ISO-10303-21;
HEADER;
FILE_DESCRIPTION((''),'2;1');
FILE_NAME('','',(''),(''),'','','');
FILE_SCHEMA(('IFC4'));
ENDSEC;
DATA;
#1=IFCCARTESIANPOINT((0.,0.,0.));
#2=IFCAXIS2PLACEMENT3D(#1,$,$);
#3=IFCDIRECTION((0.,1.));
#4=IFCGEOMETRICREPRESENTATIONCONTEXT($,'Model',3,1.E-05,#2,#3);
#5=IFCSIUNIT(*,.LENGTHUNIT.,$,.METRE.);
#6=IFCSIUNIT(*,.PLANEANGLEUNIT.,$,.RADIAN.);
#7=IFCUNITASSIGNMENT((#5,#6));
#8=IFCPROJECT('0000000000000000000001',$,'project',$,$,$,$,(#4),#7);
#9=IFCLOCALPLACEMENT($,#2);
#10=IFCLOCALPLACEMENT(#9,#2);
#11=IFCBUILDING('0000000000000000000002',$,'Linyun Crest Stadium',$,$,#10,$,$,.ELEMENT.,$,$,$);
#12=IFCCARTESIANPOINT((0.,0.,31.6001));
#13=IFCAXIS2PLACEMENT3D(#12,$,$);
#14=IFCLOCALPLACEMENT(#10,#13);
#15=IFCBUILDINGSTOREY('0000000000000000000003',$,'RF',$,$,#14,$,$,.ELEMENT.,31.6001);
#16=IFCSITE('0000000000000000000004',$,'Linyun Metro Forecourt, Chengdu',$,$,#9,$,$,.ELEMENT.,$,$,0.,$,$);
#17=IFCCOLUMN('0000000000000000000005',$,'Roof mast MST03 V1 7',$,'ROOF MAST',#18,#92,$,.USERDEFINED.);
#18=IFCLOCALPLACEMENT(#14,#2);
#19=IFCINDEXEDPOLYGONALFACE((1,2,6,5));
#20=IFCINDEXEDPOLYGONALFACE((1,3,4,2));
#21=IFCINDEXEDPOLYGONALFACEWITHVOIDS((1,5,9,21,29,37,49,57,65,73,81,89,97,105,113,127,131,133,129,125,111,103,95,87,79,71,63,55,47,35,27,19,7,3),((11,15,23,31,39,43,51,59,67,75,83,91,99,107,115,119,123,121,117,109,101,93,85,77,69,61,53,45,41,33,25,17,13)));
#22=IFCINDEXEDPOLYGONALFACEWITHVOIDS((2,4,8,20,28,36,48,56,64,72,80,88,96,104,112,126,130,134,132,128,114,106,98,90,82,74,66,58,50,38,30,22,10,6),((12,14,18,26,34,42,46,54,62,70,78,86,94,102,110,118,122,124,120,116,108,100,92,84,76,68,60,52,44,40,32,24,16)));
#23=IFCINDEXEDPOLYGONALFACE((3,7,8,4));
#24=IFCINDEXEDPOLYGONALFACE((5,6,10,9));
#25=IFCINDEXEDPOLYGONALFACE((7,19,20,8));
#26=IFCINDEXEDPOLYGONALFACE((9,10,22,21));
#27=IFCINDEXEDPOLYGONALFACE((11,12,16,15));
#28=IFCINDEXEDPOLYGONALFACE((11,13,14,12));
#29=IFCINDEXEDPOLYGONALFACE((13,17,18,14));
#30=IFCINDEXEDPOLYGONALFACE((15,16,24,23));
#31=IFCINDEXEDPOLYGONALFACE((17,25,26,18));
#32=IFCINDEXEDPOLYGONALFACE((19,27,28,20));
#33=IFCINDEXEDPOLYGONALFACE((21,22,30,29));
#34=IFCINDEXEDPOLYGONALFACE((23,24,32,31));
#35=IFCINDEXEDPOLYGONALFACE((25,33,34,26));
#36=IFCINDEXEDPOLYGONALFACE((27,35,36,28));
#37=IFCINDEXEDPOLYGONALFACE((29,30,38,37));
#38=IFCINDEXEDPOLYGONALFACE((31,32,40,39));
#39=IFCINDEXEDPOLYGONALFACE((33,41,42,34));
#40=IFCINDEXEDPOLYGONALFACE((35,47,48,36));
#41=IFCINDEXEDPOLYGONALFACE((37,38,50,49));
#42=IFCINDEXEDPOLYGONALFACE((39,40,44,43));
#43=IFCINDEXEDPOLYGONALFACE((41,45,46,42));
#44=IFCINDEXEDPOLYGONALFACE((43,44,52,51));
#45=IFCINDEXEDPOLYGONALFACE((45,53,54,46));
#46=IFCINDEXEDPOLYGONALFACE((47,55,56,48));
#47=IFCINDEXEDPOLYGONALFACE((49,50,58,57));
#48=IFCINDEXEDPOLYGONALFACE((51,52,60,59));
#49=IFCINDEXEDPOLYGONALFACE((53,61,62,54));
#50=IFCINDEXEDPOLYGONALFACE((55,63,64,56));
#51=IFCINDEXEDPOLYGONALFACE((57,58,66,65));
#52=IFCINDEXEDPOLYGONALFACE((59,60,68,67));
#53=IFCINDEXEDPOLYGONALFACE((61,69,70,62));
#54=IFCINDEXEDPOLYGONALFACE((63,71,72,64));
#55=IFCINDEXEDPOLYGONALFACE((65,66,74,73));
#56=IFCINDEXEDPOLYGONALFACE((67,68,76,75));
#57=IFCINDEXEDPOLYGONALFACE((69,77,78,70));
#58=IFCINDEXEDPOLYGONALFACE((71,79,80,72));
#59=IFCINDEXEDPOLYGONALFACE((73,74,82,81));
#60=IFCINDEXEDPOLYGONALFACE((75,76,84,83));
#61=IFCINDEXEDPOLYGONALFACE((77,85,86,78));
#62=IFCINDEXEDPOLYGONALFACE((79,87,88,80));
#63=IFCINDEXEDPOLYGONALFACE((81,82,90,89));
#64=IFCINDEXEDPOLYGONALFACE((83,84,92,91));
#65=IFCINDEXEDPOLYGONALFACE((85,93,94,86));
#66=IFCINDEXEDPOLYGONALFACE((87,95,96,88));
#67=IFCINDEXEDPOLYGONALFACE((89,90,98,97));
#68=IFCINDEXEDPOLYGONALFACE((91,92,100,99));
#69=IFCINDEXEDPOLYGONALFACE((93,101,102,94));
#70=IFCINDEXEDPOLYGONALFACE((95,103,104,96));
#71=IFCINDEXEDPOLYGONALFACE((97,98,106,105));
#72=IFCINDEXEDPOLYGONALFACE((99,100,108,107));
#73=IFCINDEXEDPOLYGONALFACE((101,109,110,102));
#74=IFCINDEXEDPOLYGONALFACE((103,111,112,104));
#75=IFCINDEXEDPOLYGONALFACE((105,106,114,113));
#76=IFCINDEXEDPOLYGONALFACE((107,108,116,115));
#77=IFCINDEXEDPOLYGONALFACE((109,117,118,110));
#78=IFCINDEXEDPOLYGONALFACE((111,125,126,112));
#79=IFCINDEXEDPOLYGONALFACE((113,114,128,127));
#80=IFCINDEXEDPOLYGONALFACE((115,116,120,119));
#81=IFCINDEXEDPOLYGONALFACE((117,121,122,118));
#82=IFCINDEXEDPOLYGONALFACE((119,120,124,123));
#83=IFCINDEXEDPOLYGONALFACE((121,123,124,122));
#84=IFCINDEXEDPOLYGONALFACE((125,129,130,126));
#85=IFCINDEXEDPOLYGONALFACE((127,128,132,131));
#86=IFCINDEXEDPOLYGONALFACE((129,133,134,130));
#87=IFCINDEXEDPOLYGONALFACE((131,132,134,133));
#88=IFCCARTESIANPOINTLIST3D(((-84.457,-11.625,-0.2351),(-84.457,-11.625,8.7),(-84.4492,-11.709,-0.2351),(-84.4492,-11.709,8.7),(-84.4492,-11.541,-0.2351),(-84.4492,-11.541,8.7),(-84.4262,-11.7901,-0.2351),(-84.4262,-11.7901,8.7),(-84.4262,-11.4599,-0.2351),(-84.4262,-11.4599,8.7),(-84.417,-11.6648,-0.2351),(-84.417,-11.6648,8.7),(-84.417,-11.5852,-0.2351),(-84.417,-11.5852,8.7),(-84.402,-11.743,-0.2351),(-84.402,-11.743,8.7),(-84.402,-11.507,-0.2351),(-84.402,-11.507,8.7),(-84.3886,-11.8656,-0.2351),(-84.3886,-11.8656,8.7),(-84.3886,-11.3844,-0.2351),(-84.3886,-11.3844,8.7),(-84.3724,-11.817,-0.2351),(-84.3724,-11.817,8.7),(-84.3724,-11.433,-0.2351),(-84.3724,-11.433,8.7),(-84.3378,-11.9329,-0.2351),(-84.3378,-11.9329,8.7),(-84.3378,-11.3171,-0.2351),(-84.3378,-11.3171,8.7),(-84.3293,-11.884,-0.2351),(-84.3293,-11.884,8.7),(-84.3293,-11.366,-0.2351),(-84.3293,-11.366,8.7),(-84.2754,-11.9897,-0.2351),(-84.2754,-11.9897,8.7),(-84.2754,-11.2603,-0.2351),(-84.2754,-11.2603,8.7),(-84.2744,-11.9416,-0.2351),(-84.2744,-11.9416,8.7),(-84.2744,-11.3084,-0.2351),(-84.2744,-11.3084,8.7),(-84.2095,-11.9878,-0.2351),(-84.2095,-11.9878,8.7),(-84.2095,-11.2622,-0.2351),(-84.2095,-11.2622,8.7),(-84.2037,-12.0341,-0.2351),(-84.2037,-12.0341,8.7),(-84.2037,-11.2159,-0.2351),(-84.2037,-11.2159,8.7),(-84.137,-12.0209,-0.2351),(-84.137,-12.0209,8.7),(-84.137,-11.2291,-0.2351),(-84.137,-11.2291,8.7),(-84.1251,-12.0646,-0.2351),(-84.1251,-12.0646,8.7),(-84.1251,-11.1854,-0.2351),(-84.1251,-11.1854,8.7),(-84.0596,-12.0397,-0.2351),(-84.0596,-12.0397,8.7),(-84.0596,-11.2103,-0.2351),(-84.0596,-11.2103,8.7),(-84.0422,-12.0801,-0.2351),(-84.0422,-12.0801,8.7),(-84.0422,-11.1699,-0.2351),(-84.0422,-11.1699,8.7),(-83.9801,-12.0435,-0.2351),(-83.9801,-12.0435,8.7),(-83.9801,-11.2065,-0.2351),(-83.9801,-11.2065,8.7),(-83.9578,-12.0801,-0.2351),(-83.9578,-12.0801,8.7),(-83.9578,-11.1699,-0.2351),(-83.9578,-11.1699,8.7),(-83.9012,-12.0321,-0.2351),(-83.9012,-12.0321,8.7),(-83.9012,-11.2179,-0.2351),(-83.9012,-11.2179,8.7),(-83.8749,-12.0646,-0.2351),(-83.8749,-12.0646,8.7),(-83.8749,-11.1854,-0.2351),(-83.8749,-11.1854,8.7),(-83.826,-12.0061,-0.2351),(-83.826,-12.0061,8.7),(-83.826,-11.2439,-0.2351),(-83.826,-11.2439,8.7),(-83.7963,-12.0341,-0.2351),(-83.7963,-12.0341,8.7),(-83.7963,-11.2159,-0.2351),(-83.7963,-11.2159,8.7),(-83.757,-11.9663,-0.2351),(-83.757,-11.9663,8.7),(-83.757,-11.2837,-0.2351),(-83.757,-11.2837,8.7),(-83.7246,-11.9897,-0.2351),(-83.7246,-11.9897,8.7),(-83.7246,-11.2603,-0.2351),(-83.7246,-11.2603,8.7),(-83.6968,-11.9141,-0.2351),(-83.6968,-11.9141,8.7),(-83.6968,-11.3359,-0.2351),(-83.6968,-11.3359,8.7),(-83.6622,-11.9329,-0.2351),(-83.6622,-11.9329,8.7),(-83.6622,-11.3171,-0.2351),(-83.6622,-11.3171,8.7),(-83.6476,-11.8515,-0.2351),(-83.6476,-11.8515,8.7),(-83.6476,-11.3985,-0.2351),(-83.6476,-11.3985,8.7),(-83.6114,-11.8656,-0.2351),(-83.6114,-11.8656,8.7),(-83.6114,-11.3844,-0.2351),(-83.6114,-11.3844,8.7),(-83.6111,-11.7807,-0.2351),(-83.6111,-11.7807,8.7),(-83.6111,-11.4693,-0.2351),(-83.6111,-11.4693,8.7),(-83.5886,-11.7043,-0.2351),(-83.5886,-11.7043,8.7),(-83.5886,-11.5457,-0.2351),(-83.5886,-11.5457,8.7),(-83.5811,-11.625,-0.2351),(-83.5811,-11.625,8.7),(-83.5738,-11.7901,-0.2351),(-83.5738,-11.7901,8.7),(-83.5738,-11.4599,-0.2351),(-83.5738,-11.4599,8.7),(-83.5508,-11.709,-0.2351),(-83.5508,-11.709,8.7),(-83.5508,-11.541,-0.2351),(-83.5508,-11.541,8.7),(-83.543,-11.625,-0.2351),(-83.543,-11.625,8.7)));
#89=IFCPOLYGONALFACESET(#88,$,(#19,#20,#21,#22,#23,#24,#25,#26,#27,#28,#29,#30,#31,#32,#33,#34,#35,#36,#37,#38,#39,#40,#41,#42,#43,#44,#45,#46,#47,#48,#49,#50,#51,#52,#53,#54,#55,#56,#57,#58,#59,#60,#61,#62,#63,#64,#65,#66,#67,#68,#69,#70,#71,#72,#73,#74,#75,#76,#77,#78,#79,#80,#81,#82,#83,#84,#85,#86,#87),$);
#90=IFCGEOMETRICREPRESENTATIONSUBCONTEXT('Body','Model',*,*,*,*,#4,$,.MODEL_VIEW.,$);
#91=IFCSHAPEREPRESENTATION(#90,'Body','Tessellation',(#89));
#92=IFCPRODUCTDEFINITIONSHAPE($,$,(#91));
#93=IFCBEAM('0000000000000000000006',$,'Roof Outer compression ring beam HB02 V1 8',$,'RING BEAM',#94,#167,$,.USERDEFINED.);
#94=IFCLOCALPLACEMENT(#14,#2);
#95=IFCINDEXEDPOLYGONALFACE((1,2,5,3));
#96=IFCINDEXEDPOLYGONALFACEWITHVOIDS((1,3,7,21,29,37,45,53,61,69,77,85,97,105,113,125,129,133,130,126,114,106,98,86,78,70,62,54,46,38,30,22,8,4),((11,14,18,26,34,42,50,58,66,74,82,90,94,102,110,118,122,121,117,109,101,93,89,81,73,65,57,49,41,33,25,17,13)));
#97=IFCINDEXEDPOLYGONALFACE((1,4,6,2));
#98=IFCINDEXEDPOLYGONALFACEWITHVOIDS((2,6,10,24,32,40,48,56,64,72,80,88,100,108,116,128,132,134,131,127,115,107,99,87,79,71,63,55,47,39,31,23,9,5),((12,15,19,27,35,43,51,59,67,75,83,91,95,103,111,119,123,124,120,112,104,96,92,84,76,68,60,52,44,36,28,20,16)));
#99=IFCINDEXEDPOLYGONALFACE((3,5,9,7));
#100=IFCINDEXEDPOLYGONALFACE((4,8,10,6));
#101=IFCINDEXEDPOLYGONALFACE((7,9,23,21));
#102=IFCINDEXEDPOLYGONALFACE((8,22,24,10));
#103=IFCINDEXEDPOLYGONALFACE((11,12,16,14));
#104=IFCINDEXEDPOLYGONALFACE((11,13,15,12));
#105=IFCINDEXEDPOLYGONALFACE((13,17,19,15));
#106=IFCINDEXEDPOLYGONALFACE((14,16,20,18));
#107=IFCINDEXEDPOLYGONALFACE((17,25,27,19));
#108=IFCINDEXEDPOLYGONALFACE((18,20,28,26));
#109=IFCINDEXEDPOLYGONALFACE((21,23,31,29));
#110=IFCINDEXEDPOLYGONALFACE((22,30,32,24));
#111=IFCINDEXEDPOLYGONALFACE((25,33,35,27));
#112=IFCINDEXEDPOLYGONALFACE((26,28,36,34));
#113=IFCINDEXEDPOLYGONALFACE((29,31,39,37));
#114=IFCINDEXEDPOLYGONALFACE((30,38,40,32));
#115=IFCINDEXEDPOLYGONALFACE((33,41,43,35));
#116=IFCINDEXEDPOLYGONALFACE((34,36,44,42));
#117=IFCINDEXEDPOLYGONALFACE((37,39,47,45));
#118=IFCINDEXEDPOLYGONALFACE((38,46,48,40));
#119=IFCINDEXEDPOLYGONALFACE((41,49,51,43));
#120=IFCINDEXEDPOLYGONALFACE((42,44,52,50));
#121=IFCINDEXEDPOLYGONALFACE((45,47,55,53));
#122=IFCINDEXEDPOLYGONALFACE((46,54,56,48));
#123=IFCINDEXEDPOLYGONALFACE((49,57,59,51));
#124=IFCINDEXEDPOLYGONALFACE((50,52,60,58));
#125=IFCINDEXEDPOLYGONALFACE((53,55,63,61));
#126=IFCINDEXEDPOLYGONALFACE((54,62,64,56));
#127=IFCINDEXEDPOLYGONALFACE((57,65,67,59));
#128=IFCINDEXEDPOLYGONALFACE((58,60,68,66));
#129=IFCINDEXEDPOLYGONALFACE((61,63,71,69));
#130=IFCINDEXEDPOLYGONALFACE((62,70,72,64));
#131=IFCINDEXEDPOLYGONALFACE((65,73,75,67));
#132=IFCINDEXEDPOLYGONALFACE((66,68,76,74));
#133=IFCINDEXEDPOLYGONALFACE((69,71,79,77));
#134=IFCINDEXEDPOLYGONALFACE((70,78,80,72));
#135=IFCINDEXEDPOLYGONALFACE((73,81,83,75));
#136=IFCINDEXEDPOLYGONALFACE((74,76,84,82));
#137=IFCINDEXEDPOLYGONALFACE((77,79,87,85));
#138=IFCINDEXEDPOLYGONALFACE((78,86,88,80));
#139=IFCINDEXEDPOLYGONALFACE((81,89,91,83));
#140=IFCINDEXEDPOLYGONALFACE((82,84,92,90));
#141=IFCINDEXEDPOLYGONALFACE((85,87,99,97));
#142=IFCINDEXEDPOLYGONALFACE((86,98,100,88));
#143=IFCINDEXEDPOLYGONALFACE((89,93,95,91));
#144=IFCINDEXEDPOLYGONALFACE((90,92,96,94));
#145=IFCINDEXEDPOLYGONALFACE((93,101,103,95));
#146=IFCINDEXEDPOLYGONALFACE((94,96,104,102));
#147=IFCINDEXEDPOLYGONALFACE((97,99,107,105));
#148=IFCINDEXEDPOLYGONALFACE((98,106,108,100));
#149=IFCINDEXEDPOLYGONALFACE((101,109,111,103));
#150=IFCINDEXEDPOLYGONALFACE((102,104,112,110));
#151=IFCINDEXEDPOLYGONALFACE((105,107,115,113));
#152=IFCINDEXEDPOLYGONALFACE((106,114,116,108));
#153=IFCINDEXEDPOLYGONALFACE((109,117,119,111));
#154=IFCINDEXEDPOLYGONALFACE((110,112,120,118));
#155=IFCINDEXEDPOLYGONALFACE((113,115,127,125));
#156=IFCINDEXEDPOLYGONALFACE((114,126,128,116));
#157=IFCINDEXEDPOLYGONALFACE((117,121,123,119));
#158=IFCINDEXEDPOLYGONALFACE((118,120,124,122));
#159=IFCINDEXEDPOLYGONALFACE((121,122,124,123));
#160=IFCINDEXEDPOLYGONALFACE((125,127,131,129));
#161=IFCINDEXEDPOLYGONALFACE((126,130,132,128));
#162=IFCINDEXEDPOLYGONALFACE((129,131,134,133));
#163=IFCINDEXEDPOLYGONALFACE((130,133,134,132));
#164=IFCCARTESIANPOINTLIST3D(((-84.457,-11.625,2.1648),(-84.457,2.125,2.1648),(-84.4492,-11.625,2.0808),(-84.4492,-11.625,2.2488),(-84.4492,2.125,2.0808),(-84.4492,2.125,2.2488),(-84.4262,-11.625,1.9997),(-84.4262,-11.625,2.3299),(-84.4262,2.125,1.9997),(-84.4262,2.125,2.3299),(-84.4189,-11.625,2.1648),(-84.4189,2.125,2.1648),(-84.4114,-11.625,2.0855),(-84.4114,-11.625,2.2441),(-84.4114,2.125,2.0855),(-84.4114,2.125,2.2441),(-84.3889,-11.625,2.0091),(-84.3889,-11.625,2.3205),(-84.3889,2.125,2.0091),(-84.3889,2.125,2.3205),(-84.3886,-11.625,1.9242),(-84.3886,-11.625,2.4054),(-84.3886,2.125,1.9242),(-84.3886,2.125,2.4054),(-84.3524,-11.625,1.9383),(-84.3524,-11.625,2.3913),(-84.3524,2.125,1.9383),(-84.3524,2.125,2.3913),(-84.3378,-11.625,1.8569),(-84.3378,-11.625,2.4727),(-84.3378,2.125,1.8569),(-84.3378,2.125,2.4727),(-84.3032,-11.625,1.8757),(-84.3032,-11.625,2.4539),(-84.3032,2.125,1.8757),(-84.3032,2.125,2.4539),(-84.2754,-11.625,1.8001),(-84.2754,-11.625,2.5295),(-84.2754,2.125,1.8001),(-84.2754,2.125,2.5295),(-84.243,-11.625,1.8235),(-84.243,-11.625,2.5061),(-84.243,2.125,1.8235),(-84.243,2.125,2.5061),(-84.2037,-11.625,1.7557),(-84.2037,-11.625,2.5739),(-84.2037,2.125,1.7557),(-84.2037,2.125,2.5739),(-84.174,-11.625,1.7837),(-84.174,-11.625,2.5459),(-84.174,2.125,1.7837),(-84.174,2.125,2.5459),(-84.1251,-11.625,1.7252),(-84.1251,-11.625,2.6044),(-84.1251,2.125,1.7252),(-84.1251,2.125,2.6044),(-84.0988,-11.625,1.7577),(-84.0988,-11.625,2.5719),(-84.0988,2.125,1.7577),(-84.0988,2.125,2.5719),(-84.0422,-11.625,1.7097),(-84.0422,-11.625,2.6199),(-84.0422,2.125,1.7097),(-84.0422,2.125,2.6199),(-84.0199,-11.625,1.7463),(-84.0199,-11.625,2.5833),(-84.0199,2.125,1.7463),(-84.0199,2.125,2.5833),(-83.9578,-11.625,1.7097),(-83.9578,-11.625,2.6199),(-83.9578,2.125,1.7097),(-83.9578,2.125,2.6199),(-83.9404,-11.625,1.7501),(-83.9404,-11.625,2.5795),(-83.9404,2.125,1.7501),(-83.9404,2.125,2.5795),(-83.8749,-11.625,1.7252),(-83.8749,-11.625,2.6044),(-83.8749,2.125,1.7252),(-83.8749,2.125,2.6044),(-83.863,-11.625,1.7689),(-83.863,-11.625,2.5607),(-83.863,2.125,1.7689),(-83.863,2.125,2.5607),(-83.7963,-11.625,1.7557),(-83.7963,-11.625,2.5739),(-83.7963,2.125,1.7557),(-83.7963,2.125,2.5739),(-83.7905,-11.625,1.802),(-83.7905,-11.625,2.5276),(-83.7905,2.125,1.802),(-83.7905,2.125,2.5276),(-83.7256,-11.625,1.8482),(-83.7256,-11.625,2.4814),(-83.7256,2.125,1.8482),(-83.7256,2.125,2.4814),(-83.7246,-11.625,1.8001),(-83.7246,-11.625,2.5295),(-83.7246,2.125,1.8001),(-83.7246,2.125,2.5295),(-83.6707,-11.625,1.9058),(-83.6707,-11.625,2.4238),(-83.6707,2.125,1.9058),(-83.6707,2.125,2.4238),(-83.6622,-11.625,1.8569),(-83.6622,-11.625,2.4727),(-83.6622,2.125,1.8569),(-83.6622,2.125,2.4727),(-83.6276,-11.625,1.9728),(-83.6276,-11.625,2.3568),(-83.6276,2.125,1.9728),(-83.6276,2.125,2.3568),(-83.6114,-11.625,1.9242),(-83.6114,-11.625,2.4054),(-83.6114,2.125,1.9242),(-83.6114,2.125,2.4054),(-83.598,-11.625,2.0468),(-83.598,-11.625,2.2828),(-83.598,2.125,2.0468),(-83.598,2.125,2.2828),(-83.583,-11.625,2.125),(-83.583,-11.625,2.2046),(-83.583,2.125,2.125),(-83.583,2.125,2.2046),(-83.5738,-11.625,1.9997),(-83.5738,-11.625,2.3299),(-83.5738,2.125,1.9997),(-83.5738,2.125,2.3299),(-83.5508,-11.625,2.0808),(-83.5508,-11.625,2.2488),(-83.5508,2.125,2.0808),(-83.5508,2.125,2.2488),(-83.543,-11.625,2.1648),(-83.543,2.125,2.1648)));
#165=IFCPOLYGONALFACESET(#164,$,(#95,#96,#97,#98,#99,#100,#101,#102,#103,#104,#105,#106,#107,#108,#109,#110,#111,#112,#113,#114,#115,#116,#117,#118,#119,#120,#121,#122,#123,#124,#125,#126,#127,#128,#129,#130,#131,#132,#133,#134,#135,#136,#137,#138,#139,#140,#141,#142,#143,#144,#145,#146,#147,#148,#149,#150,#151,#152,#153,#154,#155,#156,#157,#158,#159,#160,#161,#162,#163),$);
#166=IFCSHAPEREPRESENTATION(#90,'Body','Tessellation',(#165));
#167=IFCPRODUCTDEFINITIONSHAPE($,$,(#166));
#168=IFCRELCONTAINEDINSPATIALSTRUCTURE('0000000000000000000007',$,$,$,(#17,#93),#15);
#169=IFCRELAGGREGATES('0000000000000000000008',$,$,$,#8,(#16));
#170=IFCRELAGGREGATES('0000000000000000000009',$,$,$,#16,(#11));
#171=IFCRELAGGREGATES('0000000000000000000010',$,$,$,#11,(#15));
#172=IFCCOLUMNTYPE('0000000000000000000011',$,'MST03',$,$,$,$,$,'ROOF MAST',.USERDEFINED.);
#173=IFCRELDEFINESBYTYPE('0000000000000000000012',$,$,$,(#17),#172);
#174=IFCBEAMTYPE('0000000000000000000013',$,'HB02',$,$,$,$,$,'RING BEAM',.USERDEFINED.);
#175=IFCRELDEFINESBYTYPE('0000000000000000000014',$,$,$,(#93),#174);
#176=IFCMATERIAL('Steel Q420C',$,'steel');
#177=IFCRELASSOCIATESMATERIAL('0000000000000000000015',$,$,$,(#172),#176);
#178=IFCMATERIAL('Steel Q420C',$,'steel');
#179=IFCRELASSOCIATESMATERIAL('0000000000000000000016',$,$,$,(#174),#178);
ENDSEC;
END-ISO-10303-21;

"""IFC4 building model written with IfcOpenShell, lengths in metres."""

from ifc_helpers import new_model, si_unit, direction, frame, origin, origin_2d, place, context, subcontext, project, spatial, hollow_circle, extrude, material, material_profile, profile_set, type_object, element, save


model = new_model("IFC4")

# Units and contexts
model_context = context("Model", 3, precision=1e-05, world=origin(), true_north=direction((0.0, 1.0)))
body_context = subcontext(model_context, "Body", "Model", "MODEL_VIEW")
ifc_project = project(units=[si_unit("LENGTHUNIT", "METRE"), si_unit("PLANEANGLEUNIT", "RADIAN")], contexts=[model_context])

# Site, building, storey
site_placement = place(None, origin())
site = spatial("IfcSite", under=ifc_project, at=site_placement, Name="Linyun Metro Forecourt, Chengdu", CompositionType="ELEMENT", RefElevation=0.0)
building_placement = place(site_placement, origin())
building = spatial("IfcBuilding", under=site, at=building_placement, Name="Linyun Crest Stadium", CompositionType="ELEMENT")
storey_placement = place(building_placement, frame((0.0, 0.0, 31.6001)))
storey = spatial("IfcBuildingStorey", under=building, at=storey_placement, Name="RF", CompositionType="ELEMENT", Elevation=31.6001)

# Column
ifc_material_1 = material(Name="Steel Q420C", Category="steel")
ifc_material_profile_1 = material_profile(ifc_material_1, hollow_circle(Radius=0.457, WallThickness=0.0381, at=origin_2d()), Name="CHS 914x38")
ifc_profile_set_1 = profile_set([ifc_material_profile_1], Name="Steel Q420C")
column_type = type_object("IfcColumnType", Name="MST03", ElementType="ROOF MAST", PredefinedType="USERDEFINED", material=ifc_profile_set_1)
column_placement = place(storey_placement, frame((-84.0, -11.625, -0.2351), z_axis=(0.0, 0.0, 1.0), x_axis=(1.0, 0.0, 0.0)))
element("IfcColumn", 1, at=column_placement, inside=storey, type_object=column_type, Name="Roof mast MST03 V1 7", ObjectType="ROOF MAST", PredefinedType="USERDEFINED", context=body_context, shape_type="SweptSolid", body=[
    extrude(hollow_circle(Radius=0.457, WallThickness=0.0381, at=origin_2d()), origin(), (0.0, 0.0, 1.0), 8.9351),
])

# Beam
ifc_material_2 = material(Name="Steel Q420C", Category="steel")
ifc_material_profile_2 = material_profile(ifc_material_2, hollow_circle(Radius=0.457, WallThickness=0.0381, at=origin_2d()), Name="CHS 914x38")
ifc_profile_set_2 = profile_set([ifc_material_profile_2], Name="Steel Q420C")
beam_type = type_object("IfcBeamType", Name="HB02", ElementType="RING BEAM", PredefinedType="USERDEFINED", material=ifc_profile_set_2)
beam_placement = place(storey_placement, frame((-84.0, -11.625, 2.1648), z_axis=(0.0, 1.0, 0.0), x_axis=(-1.0, 0.0, 0.0)))
element("IfcBeam", 2, at=beam_placement, inside=storey, type_object=beam_type, Name="Roof Outer compression ring beam HB02 V1 8", ObjectType="RING BEAM", PredefinedType="USERDEFINED", context=body_context, shape_type="SweptSolid", body=[
    extrude(hollow_circle(Radius=0.457, WallThickness=0.0381, at=origin_2d()), origin(), (0.0, 0.0, 1.0), 13.75),
])

save(model, "model.ifc")
